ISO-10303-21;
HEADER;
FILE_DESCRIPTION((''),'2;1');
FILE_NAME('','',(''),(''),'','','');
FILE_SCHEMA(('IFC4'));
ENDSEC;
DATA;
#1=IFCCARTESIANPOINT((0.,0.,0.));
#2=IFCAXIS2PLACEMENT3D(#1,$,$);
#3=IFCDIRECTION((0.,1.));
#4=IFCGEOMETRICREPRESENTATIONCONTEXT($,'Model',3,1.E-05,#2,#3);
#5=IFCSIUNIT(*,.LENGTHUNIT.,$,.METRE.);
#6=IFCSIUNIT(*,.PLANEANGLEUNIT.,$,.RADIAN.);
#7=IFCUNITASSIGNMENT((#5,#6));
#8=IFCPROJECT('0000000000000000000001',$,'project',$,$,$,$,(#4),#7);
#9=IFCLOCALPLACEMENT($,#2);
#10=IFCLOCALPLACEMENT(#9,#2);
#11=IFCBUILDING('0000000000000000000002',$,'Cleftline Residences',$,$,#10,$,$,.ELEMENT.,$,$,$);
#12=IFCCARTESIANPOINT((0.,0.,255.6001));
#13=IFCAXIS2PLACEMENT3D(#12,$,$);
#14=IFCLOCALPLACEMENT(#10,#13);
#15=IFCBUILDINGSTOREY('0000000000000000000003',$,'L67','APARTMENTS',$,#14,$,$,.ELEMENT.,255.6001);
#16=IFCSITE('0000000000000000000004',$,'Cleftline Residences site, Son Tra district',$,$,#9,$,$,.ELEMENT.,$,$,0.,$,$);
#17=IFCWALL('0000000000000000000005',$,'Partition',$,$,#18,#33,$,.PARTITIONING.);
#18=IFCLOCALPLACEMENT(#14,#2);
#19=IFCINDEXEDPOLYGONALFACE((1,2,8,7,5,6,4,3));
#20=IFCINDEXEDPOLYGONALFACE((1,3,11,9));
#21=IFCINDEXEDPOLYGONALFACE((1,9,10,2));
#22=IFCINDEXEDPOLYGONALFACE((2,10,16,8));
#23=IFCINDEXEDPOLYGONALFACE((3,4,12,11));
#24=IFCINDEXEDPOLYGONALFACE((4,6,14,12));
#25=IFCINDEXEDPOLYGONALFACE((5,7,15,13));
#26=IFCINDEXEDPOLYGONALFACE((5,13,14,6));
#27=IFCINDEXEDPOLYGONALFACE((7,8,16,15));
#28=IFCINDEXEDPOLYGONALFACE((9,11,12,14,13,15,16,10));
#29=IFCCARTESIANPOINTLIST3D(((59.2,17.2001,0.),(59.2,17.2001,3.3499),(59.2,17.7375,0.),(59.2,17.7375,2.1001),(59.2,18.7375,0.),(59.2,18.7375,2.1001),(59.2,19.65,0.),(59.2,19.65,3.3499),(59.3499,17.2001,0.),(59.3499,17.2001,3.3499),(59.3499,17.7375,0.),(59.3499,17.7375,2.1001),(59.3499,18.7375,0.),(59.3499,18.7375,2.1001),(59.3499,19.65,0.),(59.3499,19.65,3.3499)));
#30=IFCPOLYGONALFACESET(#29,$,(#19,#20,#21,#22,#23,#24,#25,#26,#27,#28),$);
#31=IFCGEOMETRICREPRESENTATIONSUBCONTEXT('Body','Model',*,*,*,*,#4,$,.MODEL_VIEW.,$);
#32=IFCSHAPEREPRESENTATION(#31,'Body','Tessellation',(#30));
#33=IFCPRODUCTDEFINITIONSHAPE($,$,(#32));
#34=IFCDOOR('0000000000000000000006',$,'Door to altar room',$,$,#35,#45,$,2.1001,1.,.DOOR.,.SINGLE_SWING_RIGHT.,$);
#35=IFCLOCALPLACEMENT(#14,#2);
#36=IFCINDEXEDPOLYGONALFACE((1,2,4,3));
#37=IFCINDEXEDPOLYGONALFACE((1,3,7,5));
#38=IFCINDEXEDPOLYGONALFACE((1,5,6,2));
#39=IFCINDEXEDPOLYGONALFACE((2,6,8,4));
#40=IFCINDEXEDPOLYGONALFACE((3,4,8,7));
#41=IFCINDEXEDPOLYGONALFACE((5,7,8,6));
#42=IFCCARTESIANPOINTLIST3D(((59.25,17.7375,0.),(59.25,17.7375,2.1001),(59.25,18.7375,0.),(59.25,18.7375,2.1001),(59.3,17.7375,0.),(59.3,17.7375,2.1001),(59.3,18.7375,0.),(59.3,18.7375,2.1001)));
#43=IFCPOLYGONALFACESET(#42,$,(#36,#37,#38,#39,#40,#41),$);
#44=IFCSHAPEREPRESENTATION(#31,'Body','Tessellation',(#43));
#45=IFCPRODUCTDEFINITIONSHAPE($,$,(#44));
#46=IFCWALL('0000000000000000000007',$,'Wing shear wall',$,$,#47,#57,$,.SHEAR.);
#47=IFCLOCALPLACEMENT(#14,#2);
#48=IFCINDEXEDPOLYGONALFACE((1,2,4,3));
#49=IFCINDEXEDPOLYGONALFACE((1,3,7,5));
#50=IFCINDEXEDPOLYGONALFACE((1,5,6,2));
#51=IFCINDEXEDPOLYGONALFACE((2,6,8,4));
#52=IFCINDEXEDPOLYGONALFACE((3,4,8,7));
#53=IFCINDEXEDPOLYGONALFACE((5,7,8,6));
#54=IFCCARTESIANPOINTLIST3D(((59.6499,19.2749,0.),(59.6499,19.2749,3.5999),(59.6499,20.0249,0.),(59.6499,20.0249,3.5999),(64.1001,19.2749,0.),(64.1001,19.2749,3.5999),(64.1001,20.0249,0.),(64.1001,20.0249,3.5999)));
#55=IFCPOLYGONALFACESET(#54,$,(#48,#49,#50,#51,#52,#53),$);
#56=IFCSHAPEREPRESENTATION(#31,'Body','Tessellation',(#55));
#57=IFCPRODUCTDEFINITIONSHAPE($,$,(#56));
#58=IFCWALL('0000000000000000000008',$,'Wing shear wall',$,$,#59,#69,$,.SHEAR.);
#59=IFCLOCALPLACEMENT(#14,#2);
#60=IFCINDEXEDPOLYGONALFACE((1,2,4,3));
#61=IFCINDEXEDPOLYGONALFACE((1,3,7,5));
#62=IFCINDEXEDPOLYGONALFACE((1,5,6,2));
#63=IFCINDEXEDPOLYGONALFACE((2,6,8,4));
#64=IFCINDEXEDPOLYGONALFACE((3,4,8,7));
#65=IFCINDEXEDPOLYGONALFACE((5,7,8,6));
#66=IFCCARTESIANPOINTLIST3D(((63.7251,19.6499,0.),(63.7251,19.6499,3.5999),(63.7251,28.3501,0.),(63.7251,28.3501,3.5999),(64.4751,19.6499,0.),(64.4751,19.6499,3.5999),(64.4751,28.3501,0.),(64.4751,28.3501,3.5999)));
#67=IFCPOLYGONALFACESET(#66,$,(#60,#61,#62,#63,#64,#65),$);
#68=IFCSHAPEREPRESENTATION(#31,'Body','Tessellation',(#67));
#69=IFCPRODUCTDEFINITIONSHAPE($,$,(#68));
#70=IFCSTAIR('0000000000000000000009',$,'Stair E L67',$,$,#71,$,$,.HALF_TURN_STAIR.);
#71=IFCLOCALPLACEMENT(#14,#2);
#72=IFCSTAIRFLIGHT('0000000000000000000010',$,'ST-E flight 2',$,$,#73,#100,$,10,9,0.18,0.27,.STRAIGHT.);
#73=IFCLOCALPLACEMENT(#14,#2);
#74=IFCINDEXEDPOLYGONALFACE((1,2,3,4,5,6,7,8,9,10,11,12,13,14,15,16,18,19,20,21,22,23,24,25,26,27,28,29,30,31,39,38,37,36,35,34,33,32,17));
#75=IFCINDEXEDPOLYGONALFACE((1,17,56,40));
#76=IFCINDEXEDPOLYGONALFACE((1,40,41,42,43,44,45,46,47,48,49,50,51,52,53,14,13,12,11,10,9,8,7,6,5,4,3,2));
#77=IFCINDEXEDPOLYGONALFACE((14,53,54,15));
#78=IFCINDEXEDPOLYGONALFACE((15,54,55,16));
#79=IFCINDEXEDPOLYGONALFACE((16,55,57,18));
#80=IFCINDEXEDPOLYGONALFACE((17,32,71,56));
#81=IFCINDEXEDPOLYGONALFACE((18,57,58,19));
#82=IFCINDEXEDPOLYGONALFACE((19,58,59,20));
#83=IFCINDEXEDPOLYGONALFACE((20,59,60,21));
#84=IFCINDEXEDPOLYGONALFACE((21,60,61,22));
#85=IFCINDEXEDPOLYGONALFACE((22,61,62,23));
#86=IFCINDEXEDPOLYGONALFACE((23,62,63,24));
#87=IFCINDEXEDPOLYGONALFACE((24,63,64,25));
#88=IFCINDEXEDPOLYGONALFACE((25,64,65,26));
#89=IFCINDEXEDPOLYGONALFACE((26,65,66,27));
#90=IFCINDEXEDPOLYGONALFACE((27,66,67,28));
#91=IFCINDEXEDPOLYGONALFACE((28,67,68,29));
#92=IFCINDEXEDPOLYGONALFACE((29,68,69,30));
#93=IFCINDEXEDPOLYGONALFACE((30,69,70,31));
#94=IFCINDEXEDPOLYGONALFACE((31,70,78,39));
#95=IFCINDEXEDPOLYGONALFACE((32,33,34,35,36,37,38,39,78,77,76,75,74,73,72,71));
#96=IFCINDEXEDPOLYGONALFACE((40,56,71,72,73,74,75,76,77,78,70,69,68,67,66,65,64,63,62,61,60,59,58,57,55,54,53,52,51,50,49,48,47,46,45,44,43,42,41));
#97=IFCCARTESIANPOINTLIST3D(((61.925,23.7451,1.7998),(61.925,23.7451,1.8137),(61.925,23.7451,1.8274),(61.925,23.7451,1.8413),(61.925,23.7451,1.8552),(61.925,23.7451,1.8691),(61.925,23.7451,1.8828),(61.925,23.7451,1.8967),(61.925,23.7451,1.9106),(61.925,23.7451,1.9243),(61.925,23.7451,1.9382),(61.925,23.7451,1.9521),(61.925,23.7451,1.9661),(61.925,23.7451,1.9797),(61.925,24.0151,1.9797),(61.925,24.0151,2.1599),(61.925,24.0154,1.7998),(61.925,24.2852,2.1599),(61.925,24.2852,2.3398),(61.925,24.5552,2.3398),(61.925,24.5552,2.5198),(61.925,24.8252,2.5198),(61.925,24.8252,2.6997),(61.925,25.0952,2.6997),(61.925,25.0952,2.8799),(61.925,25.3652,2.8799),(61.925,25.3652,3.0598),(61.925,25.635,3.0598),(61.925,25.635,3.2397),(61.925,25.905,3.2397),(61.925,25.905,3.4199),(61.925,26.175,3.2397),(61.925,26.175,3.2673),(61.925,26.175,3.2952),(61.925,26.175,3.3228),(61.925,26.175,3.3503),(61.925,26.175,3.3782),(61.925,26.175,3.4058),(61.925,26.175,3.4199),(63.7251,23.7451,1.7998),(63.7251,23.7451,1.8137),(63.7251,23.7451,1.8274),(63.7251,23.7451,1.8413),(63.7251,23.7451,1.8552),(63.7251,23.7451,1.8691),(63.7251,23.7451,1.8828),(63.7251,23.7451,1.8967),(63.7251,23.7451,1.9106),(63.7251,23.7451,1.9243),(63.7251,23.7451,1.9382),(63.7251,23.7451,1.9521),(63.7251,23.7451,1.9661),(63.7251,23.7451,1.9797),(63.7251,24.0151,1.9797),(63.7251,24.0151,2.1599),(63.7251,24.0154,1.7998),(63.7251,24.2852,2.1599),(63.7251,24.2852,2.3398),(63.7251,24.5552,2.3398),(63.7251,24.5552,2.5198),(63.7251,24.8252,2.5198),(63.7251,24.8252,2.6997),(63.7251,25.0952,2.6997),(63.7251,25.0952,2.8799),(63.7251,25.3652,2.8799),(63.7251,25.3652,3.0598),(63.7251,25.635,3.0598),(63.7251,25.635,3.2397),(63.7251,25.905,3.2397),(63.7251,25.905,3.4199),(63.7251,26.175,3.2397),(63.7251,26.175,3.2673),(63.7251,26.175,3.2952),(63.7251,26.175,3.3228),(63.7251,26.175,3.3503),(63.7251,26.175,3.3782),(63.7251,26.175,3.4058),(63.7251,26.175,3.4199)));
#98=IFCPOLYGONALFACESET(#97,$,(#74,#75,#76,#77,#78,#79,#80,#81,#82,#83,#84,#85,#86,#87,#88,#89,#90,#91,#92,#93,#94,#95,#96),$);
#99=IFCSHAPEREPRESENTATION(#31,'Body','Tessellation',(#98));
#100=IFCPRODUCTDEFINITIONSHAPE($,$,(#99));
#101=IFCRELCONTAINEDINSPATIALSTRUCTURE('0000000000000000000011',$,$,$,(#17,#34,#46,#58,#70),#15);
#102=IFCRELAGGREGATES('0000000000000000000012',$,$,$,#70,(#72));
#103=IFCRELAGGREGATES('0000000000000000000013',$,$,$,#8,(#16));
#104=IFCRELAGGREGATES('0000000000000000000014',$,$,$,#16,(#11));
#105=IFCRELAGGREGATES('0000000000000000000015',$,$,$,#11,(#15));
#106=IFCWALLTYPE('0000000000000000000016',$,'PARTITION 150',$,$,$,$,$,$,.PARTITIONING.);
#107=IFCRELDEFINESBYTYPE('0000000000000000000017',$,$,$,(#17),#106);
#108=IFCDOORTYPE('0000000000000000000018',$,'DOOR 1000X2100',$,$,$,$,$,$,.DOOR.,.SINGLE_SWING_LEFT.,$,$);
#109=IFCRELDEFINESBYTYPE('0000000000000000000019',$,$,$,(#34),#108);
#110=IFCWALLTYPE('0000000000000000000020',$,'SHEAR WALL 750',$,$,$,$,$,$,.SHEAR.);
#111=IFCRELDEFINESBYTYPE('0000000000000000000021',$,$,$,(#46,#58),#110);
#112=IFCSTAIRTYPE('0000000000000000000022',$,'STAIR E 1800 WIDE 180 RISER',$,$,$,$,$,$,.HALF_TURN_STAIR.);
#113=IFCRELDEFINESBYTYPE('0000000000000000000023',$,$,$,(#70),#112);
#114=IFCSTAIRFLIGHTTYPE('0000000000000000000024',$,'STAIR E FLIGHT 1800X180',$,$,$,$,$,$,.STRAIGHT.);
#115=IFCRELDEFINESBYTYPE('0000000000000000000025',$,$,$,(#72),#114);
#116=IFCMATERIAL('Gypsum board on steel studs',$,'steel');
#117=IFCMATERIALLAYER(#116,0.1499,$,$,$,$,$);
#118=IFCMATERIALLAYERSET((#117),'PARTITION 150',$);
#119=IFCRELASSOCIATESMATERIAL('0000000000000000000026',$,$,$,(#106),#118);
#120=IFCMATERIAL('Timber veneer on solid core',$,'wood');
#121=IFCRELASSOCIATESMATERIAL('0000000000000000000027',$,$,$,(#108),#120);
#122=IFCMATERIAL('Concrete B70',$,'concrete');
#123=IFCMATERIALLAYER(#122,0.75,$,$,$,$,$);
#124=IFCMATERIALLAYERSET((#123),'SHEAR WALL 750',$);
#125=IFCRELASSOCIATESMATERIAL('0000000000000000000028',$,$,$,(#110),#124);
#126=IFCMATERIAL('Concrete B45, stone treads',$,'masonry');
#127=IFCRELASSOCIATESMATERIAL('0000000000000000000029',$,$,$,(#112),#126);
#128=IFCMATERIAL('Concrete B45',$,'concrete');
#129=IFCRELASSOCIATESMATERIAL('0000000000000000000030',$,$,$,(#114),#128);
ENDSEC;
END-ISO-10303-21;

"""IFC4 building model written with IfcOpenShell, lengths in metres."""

from ifc_helpers import new_model, si_unit, direction, frame, frame_2d, origin, place, context, subcontext, project, spatial, polyline, rectangle, outline, extrude, material, layer, layer_set, type_object, element, fill, aggregate, save


model = new_model("IFC4")

# Units and contexts
model_context = context("Model", 3, precision=1e-05, world=origin(), true_north=direction((0.0, 1.0)))
body_context = subcontext(model_context, "Body", "Model", "MODEL_VIEW")
ifc_project = project(units=[si_unit("LENGTHUNIT", "METRE"), si_unit("PLANEANGLEUNIT", "RADIAN")], contexts=[model_context])

# Site, building, storey
site_placement = place(None, origin())
site = spatial("IfcSite", under=ifc_project, at=site_placement, Name="Cleftline Residences site, Son Tra district", CompositionType="ELEMENT", RefElevation=0.0)
building_placement = place(site_placement, origin())
building = spatial("IfcBuilding", under=site, at=building_placement, Name="Cleftline Residences", CompositionType="ELEMENT")
storey_placement = place(building_placement, frame((0.0, 0.0, 255.6001)))
storey = spatial("IfcBuildingStorey", under=building, at=storey_placement, Name="L67", Description="APARTMENTS", CompositionType="ELEMENT", Elevation=255.6001)

# Shared definitions
ifc_material_1 = material(Name="Gypsum board on steel studs", Category="steel")
ifc_layer_1 = layer(ifc_material_1, 0.1499)
ifc_layer_set_1 = layer_set([ifc_layer_1], Name="PARTITION 150")
wall_type_1 = type_object("IfcWallType", Name="PARTITION 150", PredefinedType="PARTITIONING", material=ifc_layer_set_1)

# Shared definitions
ifc_material_2 = material(Name="Timber veneer on solid core", Category="wood")
door_type_1 = type_object("IfcDoorType", Name="DOOR 1000X2100", OperationType="SINGLE_SWING_LEFT", PredefinedType="DOOR", material=ifc_material_2)

# Wall, opening, door
wall_1_placement = place(storey_placement, frame((59.2749, 17.2, 0.0), z_axis=(0.0, 0.0, 1.0), x_axis=(0.0, 1.0, 0.0)))
wall_1 = element("IfcWall", 1, at=wall_1_placement, inside=storey, type_object=wall_type_1, Name="Partition", PredefinedType="PARTITIONING", context=body_context, shape_type="SweptSolid", body=[
    extrude(rectangle(XDim=2.45, YDim=0.1499, at=frame_2d((1.2251, 0.0))), origin(), (0.0, 0.0, 1.0), 3.3499),
])
opening_1_placement = place(wall_1_placement, frame((0.5376, 0.0, 0.0)))
opening_1 = element("IfcOpeningElement", 2, at=opening_1_placement, cuts=wall_1, PredefinedType="OPENING", context=body_context, shape_type="SweptSolid", body=[
    extrude(rectangle(XDim=1.0, YDim=2.1001, at=frame_2d((0.5, 1.05))), frame((0.0, 0.085, 0.0), z_axis=(0.0, -1.0, 0.0), x_axis=(1.0, 0.0, 0.0)), (0.0, 0.0, 1.0), 0.1699),
])
door_1_placement = place(opening_1_placement, origin())
door_1 = element("IfcDoor", 3, at=door_1_placement, inside=storey, type_object=door_type_1, Name="Door to altar room", OperationType="SINGLE_SWING_RIGHT", OverallHeight=2.1001, OverallWidth=1.0, PredefinedType="DOOR", context=body_context, shape_type="SweptSolid", body=[
    extrude(rectangle(XDim=1.0, YDim=2.1001, at=frame_2d((0.5, 1.05))), frame((0.0, 0.0249, 0.0), z_axis=(0.0, -1.0, 0.0), x_axis=(1.0, 0.0, 0.0)), (0.0, 0.0, 1.0), 0.05),
])
fill(opening_1, door_1)

# Walls
ifc_material_3 = material(Name="Concrete B70", Category="concrete")
ifc_layer_2 = layer(ifc_material_3, 0.75)
ifc_layer_set_2 = layer_set([ifc_layer_2], Name="SHEAR WALL 750")
wall_type_2 = type_object("IfcWallType", Name="SHEAR WALL 750", PredefinedType="SHEAR", material=ifc_layer_set_2)
wall_2_placement = place(storey_placement, frame((59.6499, 19.6499, 0.0), z_axis=(0.0, 0.0, 1.0), x_axis=(1.0, 0.0, 0.0)))
element("IfcWall", 4, at=wall_2_placement, inside=storey, type_object=wall_type_2, Name="Wing shear wall", PredefinedType="SHEAR", context=body_context, shape_type="SweptSolid", body=[
    extrude(rectangle(XDim=4.4502, YDim=0.75, at=frame_2d((2.2251, 0.0))), origin(), (0.0, 0.0, 1.0), 3.5999),
])
wall_3_placement = place(storey_placement, frame((64.1001, 19.6499, 0.0), z_axis=(0.0, 0.0, 1.0), x_axis=(0.0, 1.0, 0.0)))
element("IfcWall", 5, at=wall_3_placement, inside=storey, type_object=wall_type_2, Name="Wing shear wall", PredefinedType="SHEAR", context=body_context, shape_type="SweptSolid", body=[
    extrude(rectangle(XDim=8.7002, YDim=0.75, at=frame_2d((4.3501, 0.0))), origin(), (0.0, 0.0, 1.0), 3.5999),
])

# Stair, stair flight
ifc_material_4 = material(Name="Concrete B45, stone treads", Category="masonry")
stair_type = type_object("IfcStairType", Name="STAIR E 1800 WIDE 180 RISER", PredefinedType="HALF_TURN_STAIR", material=ifc_material_4)
stair_placement = place(storey_placement, origin())
stair = element("IfcStair", 6, at=stair_placement, inside=storey, type_object=stair_type, Name="Stair E L67", PredefinedType="HALF_TURN_STAIR")
ifc_material_5 = material(Name="Concrete B45", Category="concrete")
stair_flight_type = type_object("IfcStairFlightType", Name="STAIR E FLIGHT 1800X180", PredefinedType="STRAIGHT", material=ifc_material_5)
stair_flight_placement = place(storey_placement, frame((62.825, 23.7451, 1.7998), z_axis=(0.0, 0.0, 1.0), x_axis=(0.0, 1.0, 0.0)))
stair_flight = element("IfcStairFlight", 7, at=stair_flight_placement, type_object=stair_flight_type, Name="ST-E flight 2", NumberOfRisers=10, NumberOfTreads=9, PredefinedType="STRAIGHT", RiserHeight=0.18, TreadLength=0.27, context=body_context, shape_type="SweptSolid", body=[
    extrude(outline(polyline([(0.0, 0.0), (0.0, 0.0139), (0.0, 0.0276), (0.0, 0.0415), (0.0, 0.0554), (0.0, 0.0693), (0.0, 0.083), (0.0, 0.0969), (0.0, 0.1108), (0.0, 0.1245), (0.0, 0.1384), (0.0, 0.1523), (0.0, 0.1663), (0.0, 0.1799), (0.27, 0.1799), (0.27, 0.3601), (0.54, 0.3601), (0.54, 0.54), (0.8101, 0.54), (0.8101, 0.72), (1.0801, 0.72), (1.0801, 0.8999), (1.3501, 0.8999), (1.3501, 1.0801), (1.6201, 1.0801), (1.6201, 1.26), (1.8899, 1.26), (1.8899, 1.4399), (2.1599, 1.4399), (2.1599, 1.6201), (2.4299, 1.6201), (2.4299, 1.8), (2.4299, 1.7722), (2.4299, 1.7446), (2.4299, 1.7168), (2.4299, 1.6892), (2.4299, 1.6614), (2.4299, 1.6338), (2.4299, 1.606), (2.4299, 1.5784), (2.4299, 1.5505), (2.4299, 1.5229), (2.4299, 1.4954), (2.4299, 1.4675), (2.4299, 1.4399), (0.2703, 0.0), (0.0, 0.0)])), frame((0.0, 0.8999, 0.0), z_axis=(0.0, -1.0, 0.0), x_axis=(1.0, 0.0, 0.0)), (0.0, 0.0, 1.0), 1.8),
])
aggregate(stair, [stair_flight])

save(model, "model.ifc")
